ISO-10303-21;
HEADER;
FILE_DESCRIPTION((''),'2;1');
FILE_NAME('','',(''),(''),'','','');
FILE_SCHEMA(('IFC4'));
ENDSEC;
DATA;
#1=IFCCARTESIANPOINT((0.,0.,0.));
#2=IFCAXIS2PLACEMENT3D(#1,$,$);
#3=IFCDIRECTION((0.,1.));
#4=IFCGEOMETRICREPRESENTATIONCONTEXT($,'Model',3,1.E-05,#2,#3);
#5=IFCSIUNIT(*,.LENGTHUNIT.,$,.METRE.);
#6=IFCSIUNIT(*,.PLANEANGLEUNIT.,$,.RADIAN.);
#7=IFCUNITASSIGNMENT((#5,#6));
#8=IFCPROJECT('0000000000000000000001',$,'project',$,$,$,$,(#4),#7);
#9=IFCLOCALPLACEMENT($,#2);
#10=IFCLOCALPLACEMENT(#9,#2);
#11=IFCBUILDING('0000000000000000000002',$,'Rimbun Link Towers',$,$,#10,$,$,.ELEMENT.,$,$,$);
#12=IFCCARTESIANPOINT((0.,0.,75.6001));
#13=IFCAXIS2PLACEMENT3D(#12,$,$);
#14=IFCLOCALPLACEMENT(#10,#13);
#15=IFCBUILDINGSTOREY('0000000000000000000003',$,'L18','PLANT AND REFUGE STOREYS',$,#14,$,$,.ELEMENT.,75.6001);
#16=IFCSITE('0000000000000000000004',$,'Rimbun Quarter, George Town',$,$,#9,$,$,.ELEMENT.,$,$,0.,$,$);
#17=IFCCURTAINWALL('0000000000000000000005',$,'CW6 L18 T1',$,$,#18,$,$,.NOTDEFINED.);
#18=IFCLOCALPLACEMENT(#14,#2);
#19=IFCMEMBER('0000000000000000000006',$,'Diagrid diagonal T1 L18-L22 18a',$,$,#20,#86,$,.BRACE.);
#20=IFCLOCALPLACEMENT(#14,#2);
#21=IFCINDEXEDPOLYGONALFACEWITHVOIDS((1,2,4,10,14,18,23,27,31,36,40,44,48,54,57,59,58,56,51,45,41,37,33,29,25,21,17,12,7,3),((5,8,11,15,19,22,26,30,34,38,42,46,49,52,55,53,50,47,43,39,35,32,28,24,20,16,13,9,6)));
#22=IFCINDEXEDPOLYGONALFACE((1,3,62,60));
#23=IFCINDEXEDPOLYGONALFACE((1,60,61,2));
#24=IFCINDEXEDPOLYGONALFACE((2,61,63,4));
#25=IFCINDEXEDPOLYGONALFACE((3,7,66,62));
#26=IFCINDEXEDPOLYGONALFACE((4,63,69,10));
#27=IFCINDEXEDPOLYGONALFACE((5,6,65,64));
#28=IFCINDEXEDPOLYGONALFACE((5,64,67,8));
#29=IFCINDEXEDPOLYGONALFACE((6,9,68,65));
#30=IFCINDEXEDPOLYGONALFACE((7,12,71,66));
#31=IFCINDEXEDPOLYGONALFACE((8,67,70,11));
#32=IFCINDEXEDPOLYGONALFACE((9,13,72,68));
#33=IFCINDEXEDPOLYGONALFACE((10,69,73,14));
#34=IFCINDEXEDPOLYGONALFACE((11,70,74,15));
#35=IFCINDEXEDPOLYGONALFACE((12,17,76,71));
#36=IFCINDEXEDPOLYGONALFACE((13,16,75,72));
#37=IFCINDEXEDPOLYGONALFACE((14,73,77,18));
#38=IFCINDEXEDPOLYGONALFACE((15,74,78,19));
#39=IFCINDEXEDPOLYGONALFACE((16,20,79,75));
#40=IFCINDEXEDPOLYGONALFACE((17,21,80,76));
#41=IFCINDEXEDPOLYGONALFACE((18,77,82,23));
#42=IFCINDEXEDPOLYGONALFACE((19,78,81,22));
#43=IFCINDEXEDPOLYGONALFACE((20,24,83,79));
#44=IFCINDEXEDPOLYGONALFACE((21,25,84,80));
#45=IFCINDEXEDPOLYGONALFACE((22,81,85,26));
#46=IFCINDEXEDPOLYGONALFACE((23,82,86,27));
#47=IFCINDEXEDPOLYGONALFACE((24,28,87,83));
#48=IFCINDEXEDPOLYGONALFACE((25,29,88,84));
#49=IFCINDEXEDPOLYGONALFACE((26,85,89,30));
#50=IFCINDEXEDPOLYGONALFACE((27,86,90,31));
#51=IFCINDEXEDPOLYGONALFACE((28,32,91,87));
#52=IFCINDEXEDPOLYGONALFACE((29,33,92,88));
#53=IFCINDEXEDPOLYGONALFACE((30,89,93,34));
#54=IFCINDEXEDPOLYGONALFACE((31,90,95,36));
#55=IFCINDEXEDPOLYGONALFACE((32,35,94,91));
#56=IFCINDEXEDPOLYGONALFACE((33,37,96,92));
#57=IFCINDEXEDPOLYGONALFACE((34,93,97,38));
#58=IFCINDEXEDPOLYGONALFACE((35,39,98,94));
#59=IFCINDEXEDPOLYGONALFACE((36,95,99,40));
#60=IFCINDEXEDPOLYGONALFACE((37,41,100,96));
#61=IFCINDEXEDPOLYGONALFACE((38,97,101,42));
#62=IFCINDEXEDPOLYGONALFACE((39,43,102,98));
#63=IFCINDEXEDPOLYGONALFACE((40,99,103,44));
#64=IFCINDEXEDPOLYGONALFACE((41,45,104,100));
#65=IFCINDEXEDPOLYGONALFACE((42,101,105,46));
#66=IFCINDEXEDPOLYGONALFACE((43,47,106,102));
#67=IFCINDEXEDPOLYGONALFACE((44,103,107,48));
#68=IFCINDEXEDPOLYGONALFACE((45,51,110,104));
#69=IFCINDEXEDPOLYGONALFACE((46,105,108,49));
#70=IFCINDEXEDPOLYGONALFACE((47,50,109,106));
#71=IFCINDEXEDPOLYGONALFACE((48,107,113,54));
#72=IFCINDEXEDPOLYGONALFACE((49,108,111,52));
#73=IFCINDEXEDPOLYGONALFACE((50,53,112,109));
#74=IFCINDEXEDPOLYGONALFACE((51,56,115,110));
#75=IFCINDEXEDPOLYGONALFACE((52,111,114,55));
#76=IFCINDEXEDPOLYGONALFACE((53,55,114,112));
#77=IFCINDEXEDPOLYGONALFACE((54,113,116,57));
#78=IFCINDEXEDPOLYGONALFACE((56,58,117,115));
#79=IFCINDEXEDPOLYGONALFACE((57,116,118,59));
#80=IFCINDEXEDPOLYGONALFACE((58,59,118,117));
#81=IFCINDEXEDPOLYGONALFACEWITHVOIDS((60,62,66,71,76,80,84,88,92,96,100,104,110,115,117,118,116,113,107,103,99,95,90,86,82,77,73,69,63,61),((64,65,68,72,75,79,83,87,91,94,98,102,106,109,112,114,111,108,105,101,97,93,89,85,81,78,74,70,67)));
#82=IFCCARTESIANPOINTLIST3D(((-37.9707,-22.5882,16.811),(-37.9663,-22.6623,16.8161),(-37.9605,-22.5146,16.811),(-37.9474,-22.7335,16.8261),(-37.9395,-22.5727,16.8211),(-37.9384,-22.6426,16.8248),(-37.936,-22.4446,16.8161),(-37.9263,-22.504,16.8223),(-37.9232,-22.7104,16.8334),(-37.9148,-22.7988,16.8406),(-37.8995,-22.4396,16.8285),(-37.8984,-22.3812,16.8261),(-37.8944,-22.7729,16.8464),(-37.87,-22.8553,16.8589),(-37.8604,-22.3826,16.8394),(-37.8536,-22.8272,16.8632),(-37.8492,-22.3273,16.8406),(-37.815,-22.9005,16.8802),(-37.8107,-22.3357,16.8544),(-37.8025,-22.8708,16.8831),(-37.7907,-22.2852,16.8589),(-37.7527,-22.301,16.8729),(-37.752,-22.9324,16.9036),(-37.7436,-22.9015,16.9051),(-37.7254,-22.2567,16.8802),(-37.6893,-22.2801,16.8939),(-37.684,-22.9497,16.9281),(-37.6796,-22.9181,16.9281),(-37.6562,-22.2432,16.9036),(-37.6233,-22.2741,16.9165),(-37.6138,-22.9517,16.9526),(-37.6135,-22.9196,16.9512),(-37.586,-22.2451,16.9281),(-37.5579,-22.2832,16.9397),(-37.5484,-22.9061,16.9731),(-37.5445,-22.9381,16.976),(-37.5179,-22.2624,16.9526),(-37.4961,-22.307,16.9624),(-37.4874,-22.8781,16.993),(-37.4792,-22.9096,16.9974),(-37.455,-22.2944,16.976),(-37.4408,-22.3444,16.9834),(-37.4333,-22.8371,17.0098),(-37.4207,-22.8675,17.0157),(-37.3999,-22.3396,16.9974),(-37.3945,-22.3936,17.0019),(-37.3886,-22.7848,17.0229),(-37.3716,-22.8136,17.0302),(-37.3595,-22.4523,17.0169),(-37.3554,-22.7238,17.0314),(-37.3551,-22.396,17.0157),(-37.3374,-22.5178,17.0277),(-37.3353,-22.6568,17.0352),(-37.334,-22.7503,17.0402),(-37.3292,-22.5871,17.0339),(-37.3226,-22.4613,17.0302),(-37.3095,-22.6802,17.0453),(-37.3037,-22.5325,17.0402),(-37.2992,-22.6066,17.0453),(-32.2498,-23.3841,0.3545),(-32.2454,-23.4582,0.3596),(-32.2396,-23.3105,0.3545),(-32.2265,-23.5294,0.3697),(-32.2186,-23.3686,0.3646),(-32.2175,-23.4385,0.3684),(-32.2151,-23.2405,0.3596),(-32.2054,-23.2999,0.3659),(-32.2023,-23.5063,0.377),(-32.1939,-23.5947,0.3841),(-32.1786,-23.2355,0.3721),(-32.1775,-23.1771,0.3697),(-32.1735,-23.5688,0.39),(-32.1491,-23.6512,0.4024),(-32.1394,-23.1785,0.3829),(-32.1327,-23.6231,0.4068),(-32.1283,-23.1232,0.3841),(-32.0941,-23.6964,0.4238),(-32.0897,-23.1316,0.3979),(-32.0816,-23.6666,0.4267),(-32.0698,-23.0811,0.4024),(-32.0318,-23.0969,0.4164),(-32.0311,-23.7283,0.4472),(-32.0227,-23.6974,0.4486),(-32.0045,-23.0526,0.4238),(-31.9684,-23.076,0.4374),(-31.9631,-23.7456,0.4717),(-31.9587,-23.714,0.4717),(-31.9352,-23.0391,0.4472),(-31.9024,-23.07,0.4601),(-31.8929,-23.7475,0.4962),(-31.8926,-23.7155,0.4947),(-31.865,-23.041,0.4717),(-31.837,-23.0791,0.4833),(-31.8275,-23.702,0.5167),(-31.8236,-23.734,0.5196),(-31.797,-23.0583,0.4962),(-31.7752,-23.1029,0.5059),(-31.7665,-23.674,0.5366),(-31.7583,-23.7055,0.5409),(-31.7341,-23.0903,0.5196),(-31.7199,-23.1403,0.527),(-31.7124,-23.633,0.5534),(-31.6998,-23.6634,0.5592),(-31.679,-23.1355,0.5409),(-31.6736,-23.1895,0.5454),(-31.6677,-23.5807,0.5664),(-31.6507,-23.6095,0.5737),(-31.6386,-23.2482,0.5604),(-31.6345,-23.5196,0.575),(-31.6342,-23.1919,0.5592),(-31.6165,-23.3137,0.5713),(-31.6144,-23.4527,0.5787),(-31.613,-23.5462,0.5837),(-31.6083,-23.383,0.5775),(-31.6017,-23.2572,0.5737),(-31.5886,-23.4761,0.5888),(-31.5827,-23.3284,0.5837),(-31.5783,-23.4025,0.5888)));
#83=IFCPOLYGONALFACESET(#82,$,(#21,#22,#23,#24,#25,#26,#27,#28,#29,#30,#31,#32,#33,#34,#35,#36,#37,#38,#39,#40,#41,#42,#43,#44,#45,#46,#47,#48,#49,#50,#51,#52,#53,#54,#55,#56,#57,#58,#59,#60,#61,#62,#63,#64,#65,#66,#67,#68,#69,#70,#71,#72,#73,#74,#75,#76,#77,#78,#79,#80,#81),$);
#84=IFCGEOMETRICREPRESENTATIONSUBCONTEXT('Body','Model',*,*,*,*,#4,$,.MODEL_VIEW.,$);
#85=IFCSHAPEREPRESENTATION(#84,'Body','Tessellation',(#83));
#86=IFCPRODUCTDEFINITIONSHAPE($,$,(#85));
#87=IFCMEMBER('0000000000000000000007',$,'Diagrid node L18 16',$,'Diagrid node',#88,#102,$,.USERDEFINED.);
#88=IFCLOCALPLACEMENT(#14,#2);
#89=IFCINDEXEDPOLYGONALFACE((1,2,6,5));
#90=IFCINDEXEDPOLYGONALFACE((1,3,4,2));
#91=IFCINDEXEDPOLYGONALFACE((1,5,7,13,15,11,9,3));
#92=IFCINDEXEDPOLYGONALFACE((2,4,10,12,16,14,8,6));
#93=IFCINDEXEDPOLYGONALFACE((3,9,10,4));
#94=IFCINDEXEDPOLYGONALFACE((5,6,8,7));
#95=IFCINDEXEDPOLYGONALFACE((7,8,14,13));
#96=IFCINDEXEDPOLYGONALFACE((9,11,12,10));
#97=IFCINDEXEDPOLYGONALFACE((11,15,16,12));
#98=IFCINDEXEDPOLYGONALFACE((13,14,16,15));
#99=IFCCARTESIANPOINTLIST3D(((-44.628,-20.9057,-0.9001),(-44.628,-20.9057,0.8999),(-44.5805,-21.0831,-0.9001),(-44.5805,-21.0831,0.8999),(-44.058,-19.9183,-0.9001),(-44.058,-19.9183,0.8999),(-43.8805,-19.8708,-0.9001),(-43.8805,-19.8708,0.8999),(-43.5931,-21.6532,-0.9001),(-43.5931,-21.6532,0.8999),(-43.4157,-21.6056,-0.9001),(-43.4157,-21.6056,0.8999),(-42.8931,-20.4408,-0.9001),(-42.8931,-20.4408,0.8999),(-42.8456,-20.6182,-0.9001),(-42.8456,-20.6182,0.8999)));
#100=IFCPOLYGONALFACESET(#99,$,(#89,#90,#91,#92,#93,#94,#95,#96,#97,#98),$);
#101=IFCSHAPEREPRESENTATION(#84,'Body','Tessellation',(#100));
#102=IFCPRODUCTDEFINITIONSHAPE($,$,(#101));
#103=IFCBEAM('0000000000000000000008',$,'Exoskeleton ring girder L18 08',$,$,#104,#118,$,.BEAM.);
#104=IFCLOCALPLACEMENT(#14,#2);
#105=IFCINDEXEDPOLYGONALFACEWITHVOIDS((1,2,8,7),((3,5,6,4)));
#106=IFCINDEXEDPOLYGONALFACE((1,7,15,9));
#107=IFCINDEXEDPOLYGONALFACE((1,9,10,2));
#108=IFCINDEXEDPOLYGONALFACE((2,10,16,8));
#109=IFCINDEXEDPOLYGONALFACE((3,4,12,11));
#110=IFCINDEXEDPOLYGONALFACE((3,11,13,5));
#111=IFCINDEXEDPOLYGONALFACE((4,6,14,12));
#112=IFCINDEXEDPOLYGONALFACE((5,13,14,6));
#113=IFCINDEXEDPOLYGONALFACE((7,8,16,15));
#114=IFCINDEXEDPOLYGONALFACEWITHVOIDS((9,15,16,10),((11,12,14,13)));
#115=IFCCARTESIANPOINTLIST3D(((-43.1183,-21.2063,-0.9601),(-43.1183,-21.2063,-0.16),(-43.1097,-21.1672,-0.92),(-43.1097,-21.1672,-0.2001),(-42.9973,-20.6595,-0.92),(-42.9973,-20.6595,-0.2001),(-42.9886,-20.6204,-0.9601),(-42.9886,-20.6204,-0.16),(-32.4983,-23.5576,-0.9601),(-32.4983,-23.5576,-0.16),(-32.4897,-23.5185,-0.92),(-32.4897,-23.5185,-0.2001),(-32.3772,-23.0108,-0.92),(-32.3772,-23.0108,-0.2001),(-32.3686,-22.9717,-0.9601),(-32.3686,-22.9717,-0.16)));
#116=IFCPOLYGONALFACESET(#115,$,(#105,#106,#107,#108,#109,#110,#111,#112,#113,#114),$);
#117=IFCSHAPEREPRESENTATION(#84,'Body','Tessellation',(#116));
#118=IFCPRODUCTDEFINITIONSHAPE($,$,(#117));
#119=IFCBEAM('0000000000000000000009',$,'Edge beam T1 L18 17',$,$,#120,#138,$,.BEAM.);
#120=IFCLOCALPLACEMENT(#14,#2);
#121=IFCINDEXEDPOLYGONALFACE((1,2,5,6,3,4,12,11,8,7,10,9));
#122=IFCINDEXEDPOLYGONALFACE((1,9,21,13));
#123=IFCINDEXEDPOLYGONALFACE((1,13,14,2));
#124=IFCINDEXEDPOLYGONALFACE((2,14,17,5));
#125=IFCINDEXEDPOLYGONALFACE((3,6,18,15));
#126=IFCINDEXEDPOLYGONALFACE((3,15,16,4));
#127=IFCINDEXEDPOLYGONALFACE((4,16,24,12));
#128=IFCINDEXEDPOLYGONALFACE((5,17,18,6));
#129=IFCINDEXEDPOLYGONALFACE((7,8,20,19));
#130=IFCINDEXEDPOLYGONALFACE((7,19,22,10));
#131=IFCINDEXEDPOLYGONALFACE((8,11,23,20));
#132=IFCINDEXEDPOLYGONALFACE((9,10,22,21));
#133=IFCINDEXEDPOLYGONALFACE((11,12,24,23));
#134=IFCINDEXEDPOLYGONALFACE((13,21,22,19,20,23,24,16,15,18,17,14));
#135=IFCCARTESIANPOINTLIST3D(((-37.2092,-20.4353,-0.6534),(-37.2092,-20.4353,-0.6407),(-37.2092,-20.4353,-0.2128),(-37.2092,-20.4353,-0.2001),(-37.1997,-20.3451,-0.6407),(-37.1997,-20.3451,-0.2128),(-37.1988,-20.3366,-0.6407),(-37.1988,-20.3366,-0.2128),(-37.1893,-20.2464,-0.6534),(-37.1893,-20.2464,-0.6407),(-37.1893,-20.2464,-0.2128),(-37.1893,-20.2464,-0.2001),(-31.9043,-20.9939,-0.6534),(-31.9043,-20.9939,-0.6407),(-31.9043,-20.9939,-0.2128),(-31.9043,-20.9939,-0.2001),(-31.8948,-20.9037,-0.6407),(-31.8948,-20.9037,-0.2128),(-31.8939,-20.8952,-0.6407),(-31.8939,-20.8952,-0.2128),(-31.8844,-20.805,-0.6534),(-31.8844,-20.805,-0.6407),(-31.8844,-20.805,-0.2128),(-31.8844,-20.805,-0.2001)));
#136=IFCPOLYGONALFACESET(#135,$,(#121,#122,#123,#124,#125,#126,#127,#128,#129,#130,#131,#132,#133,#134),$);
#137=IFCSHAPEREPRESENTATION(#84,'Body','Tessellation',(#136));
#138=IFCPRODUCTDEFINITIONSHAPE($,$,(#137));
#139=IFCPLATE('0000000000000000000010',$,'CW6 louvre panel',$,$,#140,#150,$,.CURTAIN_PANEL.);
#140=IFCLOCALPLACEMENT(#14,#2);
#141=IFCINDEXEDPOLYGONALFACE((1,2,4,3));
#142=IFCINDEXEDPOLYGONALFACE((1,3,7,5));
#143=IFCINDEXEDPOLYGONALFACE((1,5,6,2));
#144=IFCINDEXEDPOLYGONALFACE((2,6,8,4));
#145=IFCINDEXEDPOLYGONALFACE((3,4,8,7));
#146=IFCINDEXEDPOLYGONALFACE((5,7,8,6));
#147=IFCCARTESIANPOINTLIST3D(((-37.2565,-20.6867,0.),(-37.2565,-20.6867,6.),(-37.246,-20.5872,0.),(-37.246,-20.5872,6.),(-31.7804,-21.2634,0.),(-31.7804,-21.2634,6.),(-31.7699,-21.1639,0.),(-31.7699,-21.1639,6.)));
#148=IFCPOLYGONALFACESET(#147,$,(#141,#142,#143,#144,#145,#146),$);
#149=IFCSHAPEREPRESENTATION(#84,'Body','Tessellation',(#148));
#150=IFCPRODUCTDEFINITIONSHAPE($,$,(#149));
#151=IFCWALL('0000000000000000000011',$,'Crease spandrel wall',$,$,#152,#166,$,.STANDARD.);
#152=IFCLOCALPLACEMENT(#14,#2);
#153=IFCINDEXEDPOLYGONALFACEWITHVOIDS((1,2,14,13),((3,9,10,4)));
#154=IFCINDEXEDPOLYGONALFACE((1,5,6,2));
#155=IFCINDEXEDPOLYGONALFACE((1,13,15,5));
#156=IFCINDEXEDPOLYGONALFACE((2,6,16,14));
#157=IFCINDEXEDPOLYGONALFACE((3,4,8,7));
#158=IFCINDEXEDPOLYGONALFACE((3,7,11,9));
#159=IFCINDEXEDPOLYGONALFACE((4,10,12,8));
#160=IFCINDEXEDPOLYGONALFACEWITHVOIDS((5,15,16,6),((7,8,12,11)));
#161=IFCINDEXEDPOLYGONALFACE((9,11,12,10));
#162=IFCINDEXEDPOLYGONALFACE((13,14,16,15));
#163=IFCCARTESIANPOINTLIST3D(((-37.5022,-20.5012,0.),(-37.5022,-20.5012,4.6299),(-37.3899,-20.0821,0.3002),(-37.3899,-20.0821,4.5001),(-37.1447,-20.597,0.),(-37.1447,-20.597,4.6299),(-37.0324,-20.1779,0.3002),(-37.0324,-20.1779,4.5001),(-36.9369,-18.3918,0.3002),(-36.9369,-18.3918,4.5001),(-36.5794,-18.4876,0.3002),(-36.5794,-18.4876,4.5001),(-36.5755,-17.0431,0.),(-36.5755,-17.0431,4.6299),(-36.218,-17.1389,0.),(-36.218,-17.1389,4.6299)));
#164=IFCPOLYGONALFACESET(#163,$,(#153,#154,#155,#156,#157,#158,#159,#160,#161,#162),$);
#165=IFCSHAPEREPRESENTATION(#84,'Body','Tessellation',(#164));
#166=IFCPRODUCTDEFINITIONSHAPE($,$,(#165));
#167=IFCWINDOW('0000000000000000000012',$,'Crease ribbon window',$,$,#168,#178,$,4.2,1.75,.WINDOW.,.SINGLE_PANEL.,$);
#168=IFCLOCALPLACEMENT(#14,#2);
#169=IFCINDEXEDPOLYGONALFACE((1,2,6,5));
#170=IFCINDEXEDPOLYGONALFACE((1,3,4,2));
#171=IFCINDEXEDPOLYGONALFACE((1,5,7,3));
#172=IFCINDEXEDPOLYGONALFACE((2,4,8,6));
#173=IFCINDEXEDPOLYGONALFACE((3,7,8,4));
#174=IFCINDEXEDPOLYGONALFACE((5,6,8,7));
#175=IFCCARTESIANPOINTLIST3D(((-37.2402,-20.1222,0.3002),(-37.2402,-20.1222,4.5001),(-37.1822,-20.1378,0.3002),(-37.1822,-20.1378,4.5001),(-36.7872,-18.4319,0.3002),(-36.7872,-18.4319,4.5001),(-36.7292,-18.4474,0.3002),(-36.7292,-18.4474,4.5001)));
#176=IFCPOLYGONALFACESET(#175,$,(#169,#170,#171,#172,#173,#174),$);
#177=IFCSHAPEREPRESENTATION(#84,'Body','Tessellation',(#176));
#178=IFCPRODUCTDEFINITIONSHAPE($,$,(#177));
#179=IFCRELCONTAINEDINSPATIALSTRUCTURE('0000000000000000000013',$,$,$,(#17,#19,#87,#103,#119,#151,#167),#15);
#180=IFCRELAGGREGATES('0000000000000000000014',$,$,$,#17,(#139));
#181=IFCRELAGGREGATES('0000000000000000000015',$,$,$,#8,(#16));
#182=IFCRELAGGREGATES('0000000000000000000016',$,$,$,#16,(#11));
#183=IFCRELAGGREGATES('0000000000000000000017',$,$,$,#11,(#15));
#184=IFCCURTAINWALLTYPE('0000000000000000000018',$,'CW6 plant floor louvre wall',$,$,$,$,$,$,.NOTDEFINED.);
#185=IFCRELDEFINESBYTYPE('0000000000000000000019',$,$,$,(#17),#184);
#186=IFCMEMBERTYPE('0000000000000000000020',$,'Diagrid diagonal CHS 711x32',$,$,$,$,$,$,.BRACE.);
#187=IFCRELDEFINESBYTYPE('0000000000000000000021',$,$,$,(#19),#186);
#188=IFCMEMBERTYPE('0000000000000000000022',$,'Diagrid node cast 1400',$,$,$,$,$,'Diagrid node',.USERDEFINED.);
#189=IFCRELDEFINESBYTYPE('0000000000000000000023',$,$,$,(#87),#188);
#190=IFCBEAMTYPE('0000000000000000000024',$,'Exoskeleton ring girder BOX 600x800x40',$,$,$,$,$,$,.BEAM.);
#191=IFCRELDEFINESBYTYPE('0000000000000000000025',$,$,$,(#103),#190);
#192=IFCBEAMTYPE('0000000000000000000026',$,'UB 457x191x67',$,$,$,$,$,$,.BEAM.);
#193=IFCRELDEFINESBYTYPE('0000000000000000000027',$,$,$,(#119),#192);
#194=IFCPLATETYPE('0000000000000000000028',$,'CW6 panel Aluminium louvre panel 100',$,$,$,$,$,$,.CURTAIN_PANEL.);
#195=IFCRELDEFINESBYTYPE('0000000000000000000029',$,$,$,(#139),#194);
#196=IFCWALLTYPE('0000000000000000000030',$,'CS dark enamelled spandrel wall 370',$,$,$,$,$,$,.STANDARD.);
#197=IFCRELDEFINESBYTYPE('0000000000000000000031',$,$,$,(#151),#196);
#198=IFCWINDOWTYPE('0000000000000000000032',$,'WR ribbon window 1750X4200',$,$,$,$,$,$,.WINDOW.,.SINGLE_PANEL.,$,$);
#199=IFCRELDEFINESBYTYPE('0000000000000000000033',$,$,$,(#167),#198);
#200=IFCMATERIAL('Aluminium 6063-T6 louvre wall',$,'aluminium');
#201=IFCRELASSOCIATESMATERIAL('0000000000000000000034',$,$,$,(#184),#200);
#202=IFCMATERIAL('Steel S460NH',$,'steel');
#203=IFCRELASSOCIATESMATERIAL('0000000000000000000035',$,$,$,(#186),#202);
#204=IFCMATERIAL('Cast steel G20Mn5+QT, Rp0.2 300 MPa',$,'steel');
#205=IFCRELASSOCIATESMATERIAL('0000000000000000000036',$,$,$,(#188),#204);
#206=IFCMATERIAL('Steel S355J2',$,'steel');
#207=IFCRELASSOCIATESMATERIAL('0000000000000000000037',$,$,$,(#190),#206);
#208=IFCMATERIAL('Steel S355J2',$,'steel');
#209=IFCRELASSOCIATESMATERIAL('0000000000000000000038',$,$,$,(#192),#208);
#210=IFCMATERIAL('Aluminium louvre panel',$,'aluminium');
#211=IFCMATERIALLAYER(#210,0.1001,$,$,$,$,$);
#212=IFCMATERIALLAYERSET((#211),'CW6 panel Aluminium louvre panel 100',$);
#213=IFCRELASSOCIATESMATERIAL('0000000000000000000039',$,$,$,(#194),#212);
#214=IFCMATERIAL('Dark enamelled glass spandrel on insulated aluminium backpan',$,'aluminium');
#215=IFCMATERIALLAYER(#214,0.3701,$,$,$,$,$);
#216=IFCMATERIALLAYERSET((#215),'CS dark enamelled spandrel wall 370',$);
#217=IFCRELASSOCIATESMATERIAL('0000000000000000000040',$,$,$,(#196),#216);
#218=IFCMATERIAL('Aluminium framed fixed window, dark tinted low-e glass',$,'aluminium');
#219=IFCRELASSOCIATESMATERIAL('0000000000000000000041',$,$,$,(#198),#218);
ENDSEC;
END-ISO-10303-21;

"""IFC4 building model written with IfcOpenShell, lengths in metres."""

from ifc_helpers import new_model, si_unit, direction, frame, frame_2d, origin, origin_2d, place, context, subcontext, project, spatial, polyline, rectangle, hollow_rectangle, hollow_circle, i_section, outline, extrude, material, layer, layer_set, material_profile, profile_set, type_object, element, fill, aggregate, save


model = new_model("IFC4")

# Units and contexts
model_context = context("Model", 3, precision=1e-05, world=origin(), true_north=direction((0.0, 1.0)))
body_context = subcontext(model_context, "Body", "Model", "MODEL_VIEW")
ifc_project = project(units=[si_unit("LENGTHUNIT", "METRE"), si_unit("PLANEANGLEUNIT", "RADIAN")], contexts=[model_context])

# Site, building, storey
site_placement = place(None, origin())
site = spatial("IfcSite", under=ifc_project, at=site_placement, Name="Rimbun Quarter, George Town", CompositionType="ELEMENT", RefElevation=0.0)
building_placement = place(site_placement, origin())
building = spatial("IfcBuilding", under=site, at=building_placement, Name="Rimbun Link Towers", CompositionType="ELEMENT")
storey_placement = place(building_placement, frame((0.0, 0.0, 75.6001)))
storey = spatial("IfcBuildingStorey", under=building, at=storey_placement, Name="L18", Description="PLANT AND REFUGE STOREYS", CompositionType="ELEMENT", Elevation=75.6001)

# Curtain wall
ifc_material_1 = material(Name="Aluminium 6063-T6 louvre wall", Category="aluminium")
curtain_wall_type = type_object("IfcCurtainWallType", Name="CW6 plant floor louvre wall", PredefinedType="NOTDEFINED", material=ifc_material_1)
curtain_wall_placement = place(storey_placement, origin())
curtain_wall = element("IfcCurtainWall", 1, at=curtain_wall_placement, inside=storey, type_object=curtain_wall_type, Name="CW6 L18 T1", PredefinedType="NOTDEFINED")

# Members
ifc_material_2 = material(Name="Steel S460NH", Category="steel")
ifc_material_profile_1 = material_profile(ifc_material_2, hollow_circle(Radius=0.3557, WallThickness=0.032, at=origin_2d()), Name="Diagrid diagonal CHS 711x32")
ifc_profile_set_1 = profile_set([ifc_material_profile_1], Name="Steel S460NH")
member_type_1 = type_object("IfcMemberType", Name="Diagrid diagonal CHS 711x32", PredefinedType="BRACE", material=ifc_profile_set_1)
member_1_placement = place(storey_placement, frame((-31.9141, -23.3933, 0.4717), z_axis=(-0.328021, 0.045634, 0.943567), x_axis=(-0.137793, -0.990461, 0.0)))
element("IfcMember", 2, at=member_1_placement, inside=storey, type_object=member_type_1, Name="Diagrid diagonal T1 L18-L22 18a", PredefinedType="BRACE", context=body_context, shape_type="SweptSolid", body=[
    extrude(hollow_circle(Radius=0.3557, WallThickness=0.032, at=origin_2d()), origin(), (0.0, 0.0, 1.0), 17.4407),
])
ifc_material_3 = material(Name="Cast steel G20Mn5+QT, Rp0.2 300 MPa", Category="steel")
ifc_material_profile_2 = material_profile(ifc_material_3, outline(polyline([(0.7, -0.5701), (0.7, 0.5701), (0.5701, 0.7), (-0.5701, 0.7), (-0.7, 0.5701), (-0.7, -0.5701), (-0.5701, -0.7), (0.5701, -0.7), (0.7, -0.5701)])), Name="NODE 1400x1400")
ifc_profile_set_2 = profile_set([ifc_material_profile_2], Name="Cast steel G20Mn5+QT, Rp0.2 300 MPa")
member_type_2 = type_object("IfcMemberType", Name="Diagrid node cast 1400", ElementType="Diagrid node", PredefinedType="USERDEFINED", material=ifc_profile_set_2)
member_2_placement = place(storey_placement, frame((-43.7368, -20.762, -0.9001), z_axis=(0.0, 0.0, 1.0), x_axis=(-0.5, -0.866025, 0.0)))
element("IfcMember", 3, at=member_2_placement, inside=storey, type_object=member_type_2, Name="Diagrid node L18 16", ObjectType="Diagrid node", PredefinedType="USERDEFINED", context=body_context, shape_type="SweptSolid", body=[
    extrude(outline(polyline([(0.7, -0.5701), (0.7, 0.5701), (0.5701, 0.7), (-0.5701, 0.7), (-0.7, 0.5701), (-0.7, -0.5701), (-0.5701, -0.7), (0.5701, -0.7), (0.7, -0.5701)])), origin(), (0.0, 0.0, 1.0), 1.8),
])

# Beams
ifc_material_4 = material(Name="Steel S355J2", Category="steel")
ifc_material_profile_3 = material_profile(ifc_material_4, hollow_rectangle(XDim=0.6001, YDim=0.8, WallThickness=0.04, at=origin_2d()), Name="Exoskeleton ring girder BOX 600x800x40")
ifc_profile_set_3 = profile_set([ifc_material_profile_3], Name="Steel S355J2")
beam_type_1 = type_object("IfcBeamType", Name="Exoskeleton ring girder BOX 600x800x40", PredefinedType="BEAM", material=ifc_profile_set_3)
beam_1_placement = place(storey_placement, frame((-43.0535, -20.9133, -0.5601), z_axis=(0.976356, -0.216168, 0.0), x_axis=(0.216168, 0.976356, 0.0)))
element("IfcBeam", 4, at=beam_1_placement, inside=storey, type_object=beam_type_1, Name="Exoskeleton ring girder L18 08", PredefinedType="BEAM", context=body_context, shape_type="SweptSolid", body=[
    extrude(hollow_rectangle(XDim=0.6001, YDim=0.8, WallThickness=0.04, at=origin_2d()), origin(), (0.0, 0.0, 1.0), 10.8772),
])
ifc_material_5 = material(Name="Steel S355J2", Category="steel")
ifc_material_profile_4 = material_profile(ifc_material_5, i_section(OverallWidth=0.1899, OverallDepth=0.4534, WebThickness=0.0085, FlangeThickness=0.0127, at=origin_2d()), Name="UB 457x191x67")
ifc_profile_set_4 = profile_set([ifc_material_profile_4], Name="Steel S355J2")
beam_type_2 = type_object("IfcBeamType", Name="UB 457x191x67", PredefinedType="BEAM", material=ifc_profile_set_4)
beam_2_placement = place(storey_placement, frame((-37.1992, -20.3408, -0.4268), z_axis=(0.994502, -0.104718, 0.0), x_axis=(0.104718, 0.994502, 0.0)))
element("IfcBeam", 5, at=beam_2_placement, inside=storey, type_object=beam_type_2, Name="Edge beam T1 L18 17", PredefinedType="BEAM", context=body_context, shape_type="SweptSolid", body=[
    extrude(i_section(OverallWidth=0.1899, OverallDepth=0.4534, WebThickness=0.0085, FlangeThickness=0.0127, at=origin_2d()), origin(), (0.0, 0.0, 1.0), 5.3342),
])

# Plate
ifc_material_6 = material(Name="Aluminium louvre panel", Category="aluminium")
ifc_layer_1 = layer(ifc_material_6, 0.1001)
ifc_layer_set_1 = layer_set([ifc_layer_1], Name="CW6 panel Aluminium louvre panel 100")
plate_type = type_object("IfcPlateType", Name="CW6 panel Aluminium louvre panel 100", PredefinedType="CURTAIN_PANEL", material=ifc_layer_set_1)
plate_placement = place(storey_placement, frame((-34.5132, -20.9253, 0.0), z_axis=(0.0, 0.0, 1.0), x_axis=(-0.9945, 0.104736, 0.0)))
plate = element("IfcPlate", 6, at=plate_placement, type_object=plate_type, Name="CW6 louvre panel", PredefinedType="CURTAIN_PANEL", context=body_context, shape_type="SweptSolid", body=[
    extrude(rectangle(XDim=5.5063, YDim=0.1001, at=origin_2d()), origin(), (0.0, 0.0, 1.0), 6.0),
])
aggregate(curtain_wall, [plate])

# Wall, opening, window
ifc_material_7 = material(Name="Dark enamelled glass spandrel on insulated aluminium backpan", Category="aluminium")
ifc_layer_2 = layer(ifc_material_7, 0.3701)
ifc_layer_set_2 = layer_set([ifc_layer_2], Name="CS dark enamelled spandrel wall 370")
wall_type_1 = type_object("IfcWallType", Name="CS dark enamelled spandrel wall 370", PredefinedType="STANDARD", material=ifc_layer_set_2)
wall_1_placement = place(storey_placement, frame((-37.3235, -20.5491, 0.0), z_axis=(0.0, 0.0, 1.0), x_axis=(0.258868, 0.965913, 0.0)))
wall_1 = element("IfcWall", 7, at=wall_1_placement, inside=storey, type_object=wall_type_1, Name="Crease spandrel wall", PredefinedType="STANDARD", context=body_context, shape_type="SweptSolid", body=[
    extrude(rectangle(XDim=3.5801, YDim=0.3701, at=frame_2d((1.79, 0.0))), origin(), (0.0, 0.0, 1.0), 4.6299),
])
opening_placement = place(wall_1_placement, frame((0.4338, 0.0, 0.3)))
opening = element("IfcOpeningElement", 8, at=opening_placement, cuts=wall_1, PredefinedType="OPENING", context=body_context, shape_type="SweptSolid", body=[
    extrude(rectangle(XDim=1.75, YDim=4.2, at=frame_2d((0.875, 2.1001))), frame((0.0, 0.1951, 0.0), z_axis=(0.0, -1.0, 0.0), x_axis=(1.0, 0.0, 0.0)), (0.0, 0.0, 1.0), 0.3901),
])
ifc_material_8 = material(Name="Aluminium framed fixed window, dark tinted low-e glass", Category="aluminium")
window_type = type_object("IfcWindowType", Name="WR ribbon window 1750X4200", PartitioningType="SINGLE_PANEL", PredefinedType="WINDOW", material=ifc_material_8)
window_placement = place(opening_placement, origin())
window = element("IfcWindow", 9, at=window_placement, inside=storey, type_object=window_type, Name="Crease ribbon window", OverallHeight=4.2, OverallWidth=1.75, PartitioningType="SINGLE_PANEL", PredefinedType="WINDOW", context=body_context, shape_type="SweptSolid", body=[
    extrude(rectangle(XDim=1.75, YDim=4.2, at=frame_2d((0.875, 2.1001))), frame((0.0, 0.03, 0.0), z_axis=(0.0, -1.0, 0.0), x_axis=(1.0, 0.0, 0.0)), (0.0, 0.0, 1.0), 0.0601),
])
fill(opening, window)

save(model, "model.ifc")
